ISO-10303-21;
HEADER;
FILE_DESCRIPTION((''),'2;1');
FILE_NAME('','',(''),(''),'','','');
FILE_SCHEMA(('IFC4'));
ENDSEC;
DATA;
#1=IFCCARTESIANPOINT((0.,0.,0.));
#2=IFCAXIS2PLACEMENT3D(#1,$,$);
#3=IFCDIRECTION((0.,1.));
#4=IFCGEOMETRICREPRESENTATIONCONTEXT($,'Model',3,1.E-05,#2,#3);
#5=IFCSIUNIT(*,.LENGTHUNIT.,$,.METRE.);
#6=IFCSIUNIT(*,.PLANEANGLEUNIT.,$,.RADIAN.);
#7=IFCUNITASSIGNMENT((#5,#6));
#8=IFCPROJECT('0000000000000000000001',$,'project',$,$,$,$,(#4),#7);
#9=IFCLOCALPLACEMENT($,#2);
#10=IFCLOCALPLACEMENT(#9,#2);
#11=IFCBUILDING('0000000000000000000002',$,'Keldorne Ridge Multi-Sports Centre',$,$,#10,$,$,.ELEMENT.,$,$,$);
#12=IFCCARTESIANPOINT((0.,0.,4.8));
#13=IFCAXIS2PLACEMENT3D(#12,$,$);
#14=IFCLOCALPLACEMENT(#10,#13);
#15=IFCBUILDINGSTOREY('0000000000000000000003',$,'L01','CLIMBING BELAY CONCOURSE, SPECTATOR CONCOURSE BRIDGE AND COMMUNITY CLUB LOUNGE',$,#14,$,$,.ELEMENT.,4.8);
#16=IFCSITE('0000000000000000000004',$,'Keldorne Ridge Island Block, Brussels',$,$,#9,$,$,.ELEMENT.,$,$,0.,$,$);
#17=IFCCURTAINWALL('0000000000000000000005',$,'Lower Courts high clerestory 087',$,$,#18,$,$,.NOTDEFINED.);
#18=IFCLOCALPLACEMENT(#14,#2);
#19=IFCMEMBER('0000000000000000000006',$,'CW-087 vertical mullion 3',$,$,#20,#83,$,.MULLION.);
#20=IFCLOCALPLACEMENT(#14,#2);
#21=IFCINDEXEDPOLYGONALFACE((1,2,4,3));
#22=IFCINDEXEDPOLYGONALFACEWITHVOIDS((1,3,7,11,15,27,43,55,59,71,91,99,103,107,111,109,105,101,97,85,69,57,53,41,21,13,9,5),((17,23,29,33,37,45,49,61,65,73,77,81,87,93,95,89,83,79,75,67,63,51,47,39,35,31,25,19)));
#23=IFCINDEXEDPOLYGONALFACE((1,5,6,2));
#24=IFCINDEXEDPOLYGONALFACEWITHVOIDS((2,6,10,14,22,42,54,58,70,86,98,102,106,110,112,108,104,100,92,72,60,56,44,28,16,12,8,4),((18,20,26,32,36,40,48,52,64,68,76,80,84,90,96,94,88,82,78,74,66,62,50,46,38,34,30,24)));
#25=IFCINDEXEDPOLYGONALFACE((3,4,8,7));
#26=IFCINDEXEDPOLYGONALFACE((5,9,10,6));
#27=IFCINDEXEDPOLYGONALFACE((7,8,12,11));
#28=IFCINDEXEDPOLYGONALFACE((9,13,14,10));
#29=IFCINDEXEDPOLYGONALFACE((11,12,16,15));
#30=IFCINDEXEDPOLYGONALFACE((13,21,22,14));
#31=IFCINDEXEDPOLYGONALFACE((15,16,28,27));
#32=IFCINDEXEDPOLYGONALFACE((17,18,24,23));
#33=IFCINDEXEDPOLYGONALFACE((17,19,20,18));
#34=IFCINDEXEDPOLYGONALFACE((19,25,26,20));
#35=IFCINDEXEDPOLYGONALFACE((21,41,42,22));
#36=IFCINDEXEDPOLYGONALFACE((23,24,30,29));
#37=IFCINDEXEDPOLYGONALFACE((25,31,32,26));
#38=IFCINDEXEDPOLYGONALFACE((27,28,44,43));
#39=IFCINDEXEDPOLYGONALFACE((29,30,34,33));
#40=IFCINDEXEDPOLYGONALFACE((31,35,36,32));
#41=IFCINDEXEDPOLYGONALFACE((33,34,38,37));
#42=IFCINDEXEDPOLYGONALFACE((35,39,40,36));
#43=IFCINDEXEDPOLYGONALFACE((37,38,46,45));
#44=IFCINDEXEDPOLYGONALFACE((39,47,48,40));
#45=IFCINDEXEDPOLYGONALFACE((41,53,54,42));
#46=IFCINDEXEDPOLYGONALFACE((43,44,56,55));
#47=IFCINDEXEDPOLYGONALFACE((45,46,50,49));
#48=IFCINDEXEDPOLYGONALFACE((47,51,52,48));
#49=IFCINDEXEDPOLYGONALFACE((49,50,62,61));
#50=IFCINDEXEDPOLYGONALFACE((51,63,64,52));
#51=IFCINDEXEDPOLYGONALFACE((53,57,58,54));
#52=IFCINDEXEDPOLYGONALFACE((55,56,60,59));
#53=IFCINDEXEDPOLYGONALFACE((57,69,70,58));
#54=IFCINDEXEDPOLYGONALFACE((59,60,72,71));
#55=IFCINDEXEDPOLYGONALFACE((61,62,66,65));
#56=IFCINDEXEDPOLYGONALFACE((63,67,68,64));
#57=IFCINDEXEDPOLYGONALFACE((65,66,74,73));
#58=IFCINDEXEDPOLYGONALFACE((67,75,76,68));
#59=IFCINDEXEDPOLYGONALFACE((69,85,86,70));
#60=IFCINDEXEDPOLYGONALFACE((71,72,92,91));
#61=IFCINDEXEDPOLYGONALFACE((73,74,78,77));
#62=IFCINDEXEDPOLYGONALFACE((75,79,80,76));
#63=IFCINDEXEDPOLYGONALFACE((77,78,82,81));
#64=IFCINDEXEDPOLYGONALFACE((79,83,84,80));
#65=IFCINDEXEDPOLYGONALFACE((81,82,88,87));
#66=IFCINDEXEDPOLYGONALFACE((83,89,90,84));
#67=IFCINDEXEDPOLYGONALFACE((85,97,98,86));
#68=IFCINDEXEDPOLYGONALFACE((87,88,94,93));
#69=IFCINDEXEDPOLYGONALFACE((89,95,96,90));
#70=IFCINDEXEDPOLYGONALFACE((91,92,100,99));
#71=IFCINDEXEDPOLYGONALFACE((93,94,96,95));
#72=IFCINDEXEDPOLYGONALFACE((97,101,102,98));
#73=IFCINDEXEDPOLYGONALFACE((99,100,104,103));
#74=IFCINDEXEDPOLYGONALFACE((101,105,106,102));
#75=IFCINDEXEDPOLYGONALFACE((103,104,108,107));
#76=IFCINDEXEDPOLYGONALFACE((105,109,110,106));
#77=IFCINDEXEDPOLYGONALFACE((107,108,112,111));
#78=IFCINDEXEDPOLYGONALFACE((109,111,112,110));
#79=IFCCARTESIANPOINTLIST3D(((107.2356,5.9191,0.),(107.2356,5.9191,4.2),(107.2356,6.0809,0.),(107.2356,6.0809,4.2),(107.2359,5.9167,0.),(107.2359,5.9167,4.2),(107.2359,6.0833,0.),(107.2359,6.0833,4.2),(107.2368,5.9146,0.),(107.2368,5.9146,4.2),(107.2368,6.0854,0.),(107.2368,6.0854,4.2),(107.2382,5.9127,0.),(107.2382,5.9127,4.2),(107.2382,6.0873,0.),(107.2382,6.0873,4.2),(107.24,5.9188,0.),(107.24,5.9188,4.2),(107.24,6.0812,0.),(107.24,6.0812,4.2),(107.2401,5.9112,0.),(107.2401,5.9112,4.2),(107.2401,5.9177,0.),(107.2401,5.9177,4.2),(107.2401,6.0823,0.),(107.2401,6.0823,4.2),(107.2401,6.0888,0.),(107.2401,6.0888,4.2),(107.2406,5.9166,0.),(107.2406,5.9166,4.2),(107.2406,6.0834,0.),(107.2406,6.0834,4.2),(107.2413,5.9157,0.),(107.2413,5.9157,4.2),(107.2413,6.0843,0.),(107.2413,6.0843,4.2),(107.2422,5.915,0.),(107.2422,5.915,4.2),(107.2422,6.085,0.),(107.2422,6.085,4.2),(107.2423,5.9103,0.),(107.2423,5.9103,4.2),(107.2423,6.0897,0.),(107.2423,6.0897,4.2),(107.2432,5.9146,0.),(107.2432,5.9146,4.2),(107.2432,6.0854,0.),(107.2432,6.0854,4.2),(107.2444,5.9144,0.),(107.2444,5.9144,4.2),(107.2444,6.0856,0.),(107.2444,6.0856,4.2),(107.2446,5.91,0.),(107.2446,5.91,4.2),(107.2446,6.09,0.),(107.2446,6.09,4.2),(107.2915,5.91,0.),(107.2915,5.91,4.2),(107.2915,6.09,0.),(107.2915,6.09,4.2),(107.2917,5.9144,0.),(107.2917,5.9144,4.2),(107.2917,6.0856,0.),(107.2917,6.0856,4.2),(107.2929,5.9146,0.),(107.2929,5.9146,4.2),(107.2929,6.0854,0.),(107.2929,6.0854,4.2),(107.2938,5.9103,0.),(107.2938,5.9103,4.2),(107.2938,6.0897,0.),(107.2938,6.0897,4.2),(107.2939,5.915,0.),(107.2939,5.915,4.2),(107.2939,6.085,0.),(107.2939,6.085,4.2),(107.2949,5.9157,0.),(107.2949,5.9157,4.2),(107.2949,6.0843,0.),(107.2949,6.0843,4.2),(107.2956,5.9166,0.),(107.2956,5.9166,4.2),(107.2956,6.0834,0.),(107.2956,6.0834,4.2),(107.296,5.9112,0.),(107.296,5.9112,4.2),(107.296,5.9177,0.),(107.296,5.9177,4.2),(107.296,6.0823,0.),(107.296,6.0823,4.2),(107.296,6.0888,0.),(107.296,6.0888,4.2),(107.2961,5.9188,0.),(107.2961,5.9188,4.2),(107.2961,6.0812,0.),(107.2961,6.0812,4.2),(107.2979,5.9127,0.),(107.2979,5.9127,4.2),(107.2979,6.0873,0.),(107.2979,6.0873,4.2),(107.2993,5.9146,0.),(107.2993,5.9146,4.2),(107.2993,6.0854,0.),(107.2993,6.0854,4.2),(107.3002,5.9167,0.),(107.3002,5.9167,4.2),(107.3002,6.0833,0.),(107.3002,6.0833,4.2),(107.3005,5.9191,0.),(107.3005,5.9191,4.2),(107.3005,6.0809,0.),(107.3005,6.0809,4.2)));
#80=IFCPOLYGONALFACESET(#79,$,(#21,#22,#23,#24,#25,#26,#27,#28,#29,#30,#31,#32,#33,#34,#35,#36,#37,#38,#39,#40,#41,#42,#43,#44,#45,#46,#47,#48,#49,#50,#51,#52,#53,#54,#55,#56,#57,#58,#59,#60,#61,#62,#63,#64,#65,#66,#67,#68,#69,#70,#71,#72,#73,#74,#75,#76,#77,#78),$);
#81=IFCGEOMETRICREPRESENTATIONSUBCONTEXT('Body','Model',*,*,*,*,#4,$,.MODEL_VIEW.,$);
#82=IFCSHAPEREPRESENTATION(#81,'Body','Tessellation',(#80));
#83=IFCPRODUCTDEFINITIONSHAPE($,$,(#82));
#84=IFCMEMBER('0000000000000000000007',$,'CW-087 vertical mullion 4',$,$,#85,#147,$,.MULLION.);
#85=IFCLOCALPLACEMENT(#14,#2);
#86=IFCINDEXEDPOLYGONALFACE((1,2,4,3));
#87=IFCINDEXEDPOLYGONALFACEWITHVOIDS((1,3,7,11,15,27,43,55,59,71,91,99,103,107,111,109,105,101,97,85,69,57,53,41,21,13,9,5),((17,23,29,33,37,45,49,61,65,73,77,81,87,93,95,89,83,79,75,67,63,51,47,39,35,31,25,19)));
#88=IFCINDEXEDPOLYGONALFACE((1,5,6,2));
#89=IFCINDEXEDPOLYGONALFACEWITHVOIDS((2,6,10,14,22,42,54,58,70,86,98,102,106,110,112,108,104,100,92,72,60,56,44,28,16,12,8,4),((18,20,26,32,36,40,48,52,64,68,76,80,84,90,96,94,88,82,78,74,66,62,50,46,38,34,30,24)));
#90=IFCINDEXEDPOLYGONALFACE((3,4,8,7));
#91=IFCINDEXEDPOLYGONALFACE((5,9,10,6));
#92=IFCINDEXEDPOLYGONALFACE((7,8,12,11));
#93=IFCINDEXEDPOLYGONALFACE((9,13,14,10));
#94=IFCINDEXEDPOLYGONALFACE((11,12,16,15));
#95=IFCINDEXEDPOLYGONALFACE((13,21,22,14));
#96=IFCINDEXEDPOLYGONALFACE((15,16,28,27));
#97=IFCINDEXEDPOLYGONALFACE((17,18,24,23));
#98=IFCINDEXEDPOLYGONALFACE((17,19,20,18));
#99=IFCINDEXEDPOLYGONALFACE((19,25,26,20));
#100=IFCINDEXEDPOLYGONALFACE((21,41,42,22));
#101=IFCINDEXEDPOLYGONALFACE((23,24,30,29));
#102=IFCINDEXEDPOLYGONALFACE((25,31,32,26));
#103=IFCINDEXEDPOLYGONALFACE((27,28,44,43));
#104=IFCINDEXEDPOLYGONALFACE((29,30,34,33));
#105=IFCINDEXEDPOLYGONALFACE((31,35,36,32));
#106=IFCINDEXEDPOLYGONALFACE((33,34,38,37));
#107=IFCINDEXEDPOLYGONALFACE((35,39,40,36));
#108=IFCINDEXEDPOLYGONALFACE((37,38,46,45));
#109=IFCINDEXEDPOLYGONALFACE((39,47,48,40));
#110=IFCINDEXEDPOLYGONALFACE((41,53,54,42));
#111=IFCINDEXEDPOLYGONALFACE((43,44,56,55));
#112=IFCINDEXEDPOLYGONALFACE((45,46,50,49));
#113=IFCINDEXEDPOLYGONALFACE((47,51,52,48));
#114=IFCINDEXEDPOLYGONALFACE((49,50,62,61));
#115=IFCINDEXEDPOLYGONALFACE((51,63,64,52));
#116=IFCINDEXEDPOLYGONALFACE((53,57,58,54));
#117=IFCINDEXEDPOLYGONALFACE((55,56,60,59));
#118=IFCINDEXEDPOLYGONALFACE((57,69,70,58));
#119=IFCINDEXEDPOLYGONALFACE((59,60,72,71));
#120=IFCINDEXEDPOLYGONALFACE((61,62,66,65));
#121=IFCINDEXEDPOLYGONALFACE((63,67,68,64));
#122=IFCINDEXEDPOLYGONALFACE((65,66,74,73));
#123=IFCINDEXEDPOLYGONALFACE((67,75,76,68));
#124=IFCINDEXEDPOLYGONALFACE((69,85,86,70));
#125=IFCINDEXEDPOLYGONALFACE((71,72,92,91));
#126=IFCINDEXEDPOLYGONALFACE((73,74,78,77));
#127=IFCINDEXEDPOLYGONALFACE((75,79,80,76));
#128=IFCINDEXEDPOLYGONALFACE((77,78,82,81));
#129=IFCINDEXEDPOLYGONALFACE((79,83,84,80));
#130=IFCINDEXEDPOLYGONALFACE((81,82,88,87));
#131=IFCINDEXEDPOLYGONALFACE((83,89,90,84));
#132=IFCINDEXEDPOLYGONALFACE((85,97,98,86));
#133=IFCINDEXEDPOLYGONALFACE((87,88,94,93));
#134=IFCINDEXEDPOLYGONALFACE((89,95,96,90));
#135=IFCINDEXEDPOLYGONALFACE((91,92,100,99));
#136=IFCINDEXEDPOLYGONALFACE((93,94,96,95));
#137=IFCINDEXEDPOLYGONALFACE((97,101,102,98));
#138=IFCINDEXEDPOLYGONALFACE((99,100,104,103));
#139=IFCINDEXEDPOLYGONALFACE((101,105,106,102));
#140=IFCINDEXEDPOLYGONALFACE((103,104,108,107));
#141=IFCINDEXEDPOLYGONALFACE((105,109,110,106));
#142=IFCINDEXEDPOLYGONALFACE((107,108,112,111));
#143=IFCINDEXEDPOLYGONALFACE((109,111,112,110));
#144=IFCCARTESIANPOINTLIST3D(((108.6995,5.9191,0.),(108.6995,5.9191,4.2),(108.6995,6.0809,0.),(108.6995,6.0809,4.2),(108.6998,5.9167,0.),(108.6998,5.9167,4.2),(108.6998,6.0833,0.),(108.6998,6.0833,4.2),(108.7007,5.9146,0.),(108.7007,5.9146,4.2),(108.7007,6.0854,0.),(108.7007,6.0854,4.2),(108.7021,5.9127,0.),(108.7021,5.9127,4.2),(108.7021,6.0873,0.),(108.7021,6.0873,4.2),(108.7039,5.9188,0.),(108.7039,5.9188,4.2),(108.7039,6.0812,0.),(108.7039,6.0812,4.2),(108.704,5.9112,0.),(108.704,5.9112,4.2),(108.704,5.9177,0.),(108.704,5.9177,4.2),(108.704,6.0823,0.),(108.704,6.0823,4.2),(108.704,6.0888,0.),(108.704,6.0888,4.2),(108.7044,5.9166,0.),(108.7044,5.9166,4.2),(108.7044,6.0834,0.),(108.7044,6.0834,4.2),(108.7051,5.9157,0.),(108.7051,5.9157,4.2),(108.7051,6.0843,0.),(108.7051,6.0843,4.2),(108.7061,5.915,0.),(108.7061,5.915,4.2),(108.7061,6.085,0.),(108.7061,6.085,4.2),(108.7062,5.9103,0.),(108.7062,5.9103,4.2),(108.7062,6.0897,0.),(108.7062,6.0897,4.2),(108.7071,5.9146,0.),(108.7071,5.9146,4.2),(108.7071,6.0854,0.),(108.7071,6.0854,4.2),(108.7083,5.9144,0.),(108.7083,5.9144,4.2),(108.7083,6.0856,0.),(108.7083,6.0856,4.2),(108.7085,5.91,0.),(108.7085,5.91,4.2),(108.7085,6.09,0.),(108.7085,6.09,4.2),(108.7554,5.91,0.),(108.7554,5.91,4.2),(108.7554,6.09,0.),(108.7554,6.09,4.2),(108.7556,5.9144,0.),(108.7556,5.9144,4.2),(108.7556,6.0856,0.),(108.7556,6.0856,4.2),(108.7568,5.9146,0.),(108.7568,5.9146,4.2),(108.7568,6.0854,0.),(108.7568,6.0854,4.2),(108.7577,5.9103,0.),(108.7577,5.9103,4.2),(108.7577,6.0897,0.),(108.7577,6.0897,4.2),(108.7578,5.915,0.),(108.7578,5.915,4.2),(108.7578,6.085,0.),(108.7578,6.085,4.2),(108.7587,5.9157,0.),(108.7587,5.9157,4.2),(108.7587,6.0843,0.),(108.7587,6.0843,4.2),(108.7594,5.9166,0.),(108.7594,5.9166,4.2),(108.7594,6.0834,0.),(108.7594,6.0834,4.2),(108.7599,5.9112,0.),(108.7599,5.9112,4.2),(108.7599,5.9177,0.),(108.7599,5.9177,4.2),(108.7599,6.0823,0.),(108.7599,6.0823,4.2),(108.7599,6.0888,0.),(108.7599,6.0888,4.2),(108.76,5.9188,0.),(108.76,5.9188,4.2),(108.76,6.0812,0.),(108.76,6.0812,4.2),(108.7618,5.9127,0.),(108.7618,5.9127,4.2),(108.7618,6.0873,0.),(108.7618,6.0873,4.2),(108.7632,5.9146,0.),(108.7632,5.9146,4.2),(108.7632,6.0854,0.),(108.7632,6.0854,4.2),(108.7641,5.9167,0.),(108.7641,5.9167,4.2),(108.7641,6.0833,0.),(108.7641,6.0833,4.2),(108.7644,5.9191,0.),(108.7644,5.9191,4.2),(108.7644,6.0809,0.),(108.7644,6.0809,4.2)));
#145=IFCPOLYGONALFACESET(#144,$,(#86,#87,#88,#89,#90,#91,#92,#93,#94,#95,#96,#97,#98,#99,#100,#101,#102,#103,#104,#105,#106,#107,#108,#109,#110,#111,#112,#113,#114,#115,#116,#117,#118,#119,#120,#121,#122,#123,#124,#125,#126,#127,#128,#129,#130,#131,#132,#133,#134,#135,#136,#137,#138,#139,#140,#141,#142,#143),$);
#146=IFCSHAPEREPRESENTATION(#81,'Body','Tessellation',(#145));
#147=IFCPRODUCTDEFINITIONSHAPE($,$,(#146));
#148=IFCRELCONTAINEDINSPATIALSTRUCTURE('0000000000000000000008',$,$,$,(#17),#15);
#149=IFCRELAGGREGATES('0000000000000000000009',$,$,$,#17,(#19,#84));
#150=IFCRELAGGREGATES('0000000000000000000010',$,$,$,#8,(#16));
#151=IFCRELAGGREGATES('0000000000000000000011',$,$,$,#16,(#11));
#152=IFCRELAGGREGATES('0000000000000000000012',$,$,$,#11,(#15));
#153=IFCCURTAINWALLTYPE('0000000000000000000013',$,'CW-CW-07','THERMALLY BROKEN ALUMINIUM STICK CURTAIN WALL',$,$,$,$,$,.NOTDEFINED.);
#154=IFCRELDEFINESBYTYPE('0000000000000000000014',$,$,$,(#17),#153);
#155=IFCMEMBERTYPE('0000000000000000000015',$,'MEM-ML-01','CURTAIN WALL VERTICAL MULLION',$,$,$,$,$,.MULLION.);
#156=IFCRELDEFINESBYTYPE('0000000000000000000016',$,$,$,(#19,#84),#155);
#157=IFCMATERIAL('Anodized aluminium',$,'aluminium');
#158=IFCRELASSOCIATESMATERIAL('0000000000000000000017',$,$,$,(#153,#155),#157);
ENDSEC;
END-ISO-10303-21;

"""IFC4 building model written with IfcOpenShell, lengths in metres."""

from ifc_helpers import new_model, si_unit, direction, frame, origin, origin_2d, place, context, subcontext, project, spatial, hollow_rectangle, extrude, material, material_profile, profile_set, type_object, element, aggregate, save


model = new_model("IFC4")

# Units and contexts
model_context = context("Model", 3, precision=1e-05, world=origin(), true_north=direction((0.0, 1.0)))
body_context = subcontext(model_context, "Body", "Model", "MODEL_VIEW")
ifc_project = project(units=[si_unit("LENGTHUNIT", "METRE"), si_unit("PLANEANGLEUNIT", "RADIAN")], contexts=[model_context])

# Site, building, storey
site_placement = place(None, origin())
site = spatial("IfcSite", under=ifc_project, at=site_placement, Name="Keldorne Ridge Island Block, Brussels", CompositionType="ELEMENT", RefElevation=0.0)
building_placement = place(site_placement, origin())
building = spatial("IfcBuilding", under=site, at=building_placement, Name="Keldorne Ridge Multi-Sports Centre", CompositionType="ELEMENT")
storey_placement = place(building_placement, frame((0.0, 0.0, 4.8)))
storey = spatial("IfcBuildingStorey", under=building, at=storey_placement, Name="L01", Description="CLIMBING BELAY CONCOURSE, SPECTATOR CONCOURSE BRIDGE AND COMMUNITY CLUB LOUNGE", CompositionType="ELEMENT", Elevation=4.8)

# Curtain wall, members
ifc_material_1 = material(Name="Anodized aluminium", Category="aluminium")
curtain_wall_type = type_object("IfcCurtainWallType", Name="CW-CW-07", Description="THERMALLY BROKEN ALUMINIUM STICK CURTAIN WALL", PredefinedType="NOTDEFINED", material=ifc_material_1)
curtain_wall_placement = place(storey_placement, origin())
curtain_wall = element("IfcCurtainWall", 1, at=curtain_wall_placement, inside=storey, type_object=curtain_wall_type, Name="Lower Courts high clerestory 087", PredefinedType="NOTDEFINED")
ifc_material_profile_1 = material_profile(ifc_material_1, hollow_rectangle(XDim=0.0649, YDim=0.1799, WallThickness=0.0044, InnerFilletRadius=0.0044, OuterFilletRadius=0.009, at=origin_2d()), Name="ALU MULLION 180x65x4.5")
ifc_profile_set_1 = profile_set([ifc_material_profile_1], Name="Anodized aluminium")
member_type_1 = type_object("IfcMemberType", Name="MEM-ML-01", Description="CURTAIN WALL VERTICAL MULLION", PredefinedType="MULLION", material=ifc_profile_set_1)
member_1_placement = place(storey_placement, frame((107.2681, 6.0, 0.0), z_axis=(0.0, 0.0, 1.0), x_axis=(1.0, 0.0, 0.0)))
member_1 = element("IfcMember", 2, at=member_1_placement, type_object=member_type_1, Name="CW-087 vertical mullion 3", PredefinedType="MULLION", context=body_context, shape_type="SweptSolid", body=[
    extrude(hollow_rectangle(XDim=0.0649, YDim=0.1799, WallThickness=0.0044, InnerFilletRadius=0.0044, OuterFilletRadius=0.009, at=origin_2d()), origin(), (0.0, 0.0, 1.0), 4.2),
])
member_2_placement = place(storey_placement, frame((108.7319, 6.0, 0.0), z_axis=(0.0, 0.0, 1.0), x_axis=(1.0, 0.0, 0.0)))
member_2 = element("IfcMember", 3, at=member_2_placement, type_object=member_type_1, Name="CW-087 vertical mullion 4", PredefinedType="MULLION", context=body_context, shape_type="SweptSolid", body=[
    extrude(hollow_rectangle(XDim=0.0649, YDim=0.1799, WallThickness=0.0044, InnerFilletRadius=0.0044, OuterFilletRadius=0.009, at=origin_2d()), origin(), (0.0, 0.0, 1.0), 4.2),
])
aggregate(curtain_wall, [member_1, member_2])

save(model, "model.ifc")
